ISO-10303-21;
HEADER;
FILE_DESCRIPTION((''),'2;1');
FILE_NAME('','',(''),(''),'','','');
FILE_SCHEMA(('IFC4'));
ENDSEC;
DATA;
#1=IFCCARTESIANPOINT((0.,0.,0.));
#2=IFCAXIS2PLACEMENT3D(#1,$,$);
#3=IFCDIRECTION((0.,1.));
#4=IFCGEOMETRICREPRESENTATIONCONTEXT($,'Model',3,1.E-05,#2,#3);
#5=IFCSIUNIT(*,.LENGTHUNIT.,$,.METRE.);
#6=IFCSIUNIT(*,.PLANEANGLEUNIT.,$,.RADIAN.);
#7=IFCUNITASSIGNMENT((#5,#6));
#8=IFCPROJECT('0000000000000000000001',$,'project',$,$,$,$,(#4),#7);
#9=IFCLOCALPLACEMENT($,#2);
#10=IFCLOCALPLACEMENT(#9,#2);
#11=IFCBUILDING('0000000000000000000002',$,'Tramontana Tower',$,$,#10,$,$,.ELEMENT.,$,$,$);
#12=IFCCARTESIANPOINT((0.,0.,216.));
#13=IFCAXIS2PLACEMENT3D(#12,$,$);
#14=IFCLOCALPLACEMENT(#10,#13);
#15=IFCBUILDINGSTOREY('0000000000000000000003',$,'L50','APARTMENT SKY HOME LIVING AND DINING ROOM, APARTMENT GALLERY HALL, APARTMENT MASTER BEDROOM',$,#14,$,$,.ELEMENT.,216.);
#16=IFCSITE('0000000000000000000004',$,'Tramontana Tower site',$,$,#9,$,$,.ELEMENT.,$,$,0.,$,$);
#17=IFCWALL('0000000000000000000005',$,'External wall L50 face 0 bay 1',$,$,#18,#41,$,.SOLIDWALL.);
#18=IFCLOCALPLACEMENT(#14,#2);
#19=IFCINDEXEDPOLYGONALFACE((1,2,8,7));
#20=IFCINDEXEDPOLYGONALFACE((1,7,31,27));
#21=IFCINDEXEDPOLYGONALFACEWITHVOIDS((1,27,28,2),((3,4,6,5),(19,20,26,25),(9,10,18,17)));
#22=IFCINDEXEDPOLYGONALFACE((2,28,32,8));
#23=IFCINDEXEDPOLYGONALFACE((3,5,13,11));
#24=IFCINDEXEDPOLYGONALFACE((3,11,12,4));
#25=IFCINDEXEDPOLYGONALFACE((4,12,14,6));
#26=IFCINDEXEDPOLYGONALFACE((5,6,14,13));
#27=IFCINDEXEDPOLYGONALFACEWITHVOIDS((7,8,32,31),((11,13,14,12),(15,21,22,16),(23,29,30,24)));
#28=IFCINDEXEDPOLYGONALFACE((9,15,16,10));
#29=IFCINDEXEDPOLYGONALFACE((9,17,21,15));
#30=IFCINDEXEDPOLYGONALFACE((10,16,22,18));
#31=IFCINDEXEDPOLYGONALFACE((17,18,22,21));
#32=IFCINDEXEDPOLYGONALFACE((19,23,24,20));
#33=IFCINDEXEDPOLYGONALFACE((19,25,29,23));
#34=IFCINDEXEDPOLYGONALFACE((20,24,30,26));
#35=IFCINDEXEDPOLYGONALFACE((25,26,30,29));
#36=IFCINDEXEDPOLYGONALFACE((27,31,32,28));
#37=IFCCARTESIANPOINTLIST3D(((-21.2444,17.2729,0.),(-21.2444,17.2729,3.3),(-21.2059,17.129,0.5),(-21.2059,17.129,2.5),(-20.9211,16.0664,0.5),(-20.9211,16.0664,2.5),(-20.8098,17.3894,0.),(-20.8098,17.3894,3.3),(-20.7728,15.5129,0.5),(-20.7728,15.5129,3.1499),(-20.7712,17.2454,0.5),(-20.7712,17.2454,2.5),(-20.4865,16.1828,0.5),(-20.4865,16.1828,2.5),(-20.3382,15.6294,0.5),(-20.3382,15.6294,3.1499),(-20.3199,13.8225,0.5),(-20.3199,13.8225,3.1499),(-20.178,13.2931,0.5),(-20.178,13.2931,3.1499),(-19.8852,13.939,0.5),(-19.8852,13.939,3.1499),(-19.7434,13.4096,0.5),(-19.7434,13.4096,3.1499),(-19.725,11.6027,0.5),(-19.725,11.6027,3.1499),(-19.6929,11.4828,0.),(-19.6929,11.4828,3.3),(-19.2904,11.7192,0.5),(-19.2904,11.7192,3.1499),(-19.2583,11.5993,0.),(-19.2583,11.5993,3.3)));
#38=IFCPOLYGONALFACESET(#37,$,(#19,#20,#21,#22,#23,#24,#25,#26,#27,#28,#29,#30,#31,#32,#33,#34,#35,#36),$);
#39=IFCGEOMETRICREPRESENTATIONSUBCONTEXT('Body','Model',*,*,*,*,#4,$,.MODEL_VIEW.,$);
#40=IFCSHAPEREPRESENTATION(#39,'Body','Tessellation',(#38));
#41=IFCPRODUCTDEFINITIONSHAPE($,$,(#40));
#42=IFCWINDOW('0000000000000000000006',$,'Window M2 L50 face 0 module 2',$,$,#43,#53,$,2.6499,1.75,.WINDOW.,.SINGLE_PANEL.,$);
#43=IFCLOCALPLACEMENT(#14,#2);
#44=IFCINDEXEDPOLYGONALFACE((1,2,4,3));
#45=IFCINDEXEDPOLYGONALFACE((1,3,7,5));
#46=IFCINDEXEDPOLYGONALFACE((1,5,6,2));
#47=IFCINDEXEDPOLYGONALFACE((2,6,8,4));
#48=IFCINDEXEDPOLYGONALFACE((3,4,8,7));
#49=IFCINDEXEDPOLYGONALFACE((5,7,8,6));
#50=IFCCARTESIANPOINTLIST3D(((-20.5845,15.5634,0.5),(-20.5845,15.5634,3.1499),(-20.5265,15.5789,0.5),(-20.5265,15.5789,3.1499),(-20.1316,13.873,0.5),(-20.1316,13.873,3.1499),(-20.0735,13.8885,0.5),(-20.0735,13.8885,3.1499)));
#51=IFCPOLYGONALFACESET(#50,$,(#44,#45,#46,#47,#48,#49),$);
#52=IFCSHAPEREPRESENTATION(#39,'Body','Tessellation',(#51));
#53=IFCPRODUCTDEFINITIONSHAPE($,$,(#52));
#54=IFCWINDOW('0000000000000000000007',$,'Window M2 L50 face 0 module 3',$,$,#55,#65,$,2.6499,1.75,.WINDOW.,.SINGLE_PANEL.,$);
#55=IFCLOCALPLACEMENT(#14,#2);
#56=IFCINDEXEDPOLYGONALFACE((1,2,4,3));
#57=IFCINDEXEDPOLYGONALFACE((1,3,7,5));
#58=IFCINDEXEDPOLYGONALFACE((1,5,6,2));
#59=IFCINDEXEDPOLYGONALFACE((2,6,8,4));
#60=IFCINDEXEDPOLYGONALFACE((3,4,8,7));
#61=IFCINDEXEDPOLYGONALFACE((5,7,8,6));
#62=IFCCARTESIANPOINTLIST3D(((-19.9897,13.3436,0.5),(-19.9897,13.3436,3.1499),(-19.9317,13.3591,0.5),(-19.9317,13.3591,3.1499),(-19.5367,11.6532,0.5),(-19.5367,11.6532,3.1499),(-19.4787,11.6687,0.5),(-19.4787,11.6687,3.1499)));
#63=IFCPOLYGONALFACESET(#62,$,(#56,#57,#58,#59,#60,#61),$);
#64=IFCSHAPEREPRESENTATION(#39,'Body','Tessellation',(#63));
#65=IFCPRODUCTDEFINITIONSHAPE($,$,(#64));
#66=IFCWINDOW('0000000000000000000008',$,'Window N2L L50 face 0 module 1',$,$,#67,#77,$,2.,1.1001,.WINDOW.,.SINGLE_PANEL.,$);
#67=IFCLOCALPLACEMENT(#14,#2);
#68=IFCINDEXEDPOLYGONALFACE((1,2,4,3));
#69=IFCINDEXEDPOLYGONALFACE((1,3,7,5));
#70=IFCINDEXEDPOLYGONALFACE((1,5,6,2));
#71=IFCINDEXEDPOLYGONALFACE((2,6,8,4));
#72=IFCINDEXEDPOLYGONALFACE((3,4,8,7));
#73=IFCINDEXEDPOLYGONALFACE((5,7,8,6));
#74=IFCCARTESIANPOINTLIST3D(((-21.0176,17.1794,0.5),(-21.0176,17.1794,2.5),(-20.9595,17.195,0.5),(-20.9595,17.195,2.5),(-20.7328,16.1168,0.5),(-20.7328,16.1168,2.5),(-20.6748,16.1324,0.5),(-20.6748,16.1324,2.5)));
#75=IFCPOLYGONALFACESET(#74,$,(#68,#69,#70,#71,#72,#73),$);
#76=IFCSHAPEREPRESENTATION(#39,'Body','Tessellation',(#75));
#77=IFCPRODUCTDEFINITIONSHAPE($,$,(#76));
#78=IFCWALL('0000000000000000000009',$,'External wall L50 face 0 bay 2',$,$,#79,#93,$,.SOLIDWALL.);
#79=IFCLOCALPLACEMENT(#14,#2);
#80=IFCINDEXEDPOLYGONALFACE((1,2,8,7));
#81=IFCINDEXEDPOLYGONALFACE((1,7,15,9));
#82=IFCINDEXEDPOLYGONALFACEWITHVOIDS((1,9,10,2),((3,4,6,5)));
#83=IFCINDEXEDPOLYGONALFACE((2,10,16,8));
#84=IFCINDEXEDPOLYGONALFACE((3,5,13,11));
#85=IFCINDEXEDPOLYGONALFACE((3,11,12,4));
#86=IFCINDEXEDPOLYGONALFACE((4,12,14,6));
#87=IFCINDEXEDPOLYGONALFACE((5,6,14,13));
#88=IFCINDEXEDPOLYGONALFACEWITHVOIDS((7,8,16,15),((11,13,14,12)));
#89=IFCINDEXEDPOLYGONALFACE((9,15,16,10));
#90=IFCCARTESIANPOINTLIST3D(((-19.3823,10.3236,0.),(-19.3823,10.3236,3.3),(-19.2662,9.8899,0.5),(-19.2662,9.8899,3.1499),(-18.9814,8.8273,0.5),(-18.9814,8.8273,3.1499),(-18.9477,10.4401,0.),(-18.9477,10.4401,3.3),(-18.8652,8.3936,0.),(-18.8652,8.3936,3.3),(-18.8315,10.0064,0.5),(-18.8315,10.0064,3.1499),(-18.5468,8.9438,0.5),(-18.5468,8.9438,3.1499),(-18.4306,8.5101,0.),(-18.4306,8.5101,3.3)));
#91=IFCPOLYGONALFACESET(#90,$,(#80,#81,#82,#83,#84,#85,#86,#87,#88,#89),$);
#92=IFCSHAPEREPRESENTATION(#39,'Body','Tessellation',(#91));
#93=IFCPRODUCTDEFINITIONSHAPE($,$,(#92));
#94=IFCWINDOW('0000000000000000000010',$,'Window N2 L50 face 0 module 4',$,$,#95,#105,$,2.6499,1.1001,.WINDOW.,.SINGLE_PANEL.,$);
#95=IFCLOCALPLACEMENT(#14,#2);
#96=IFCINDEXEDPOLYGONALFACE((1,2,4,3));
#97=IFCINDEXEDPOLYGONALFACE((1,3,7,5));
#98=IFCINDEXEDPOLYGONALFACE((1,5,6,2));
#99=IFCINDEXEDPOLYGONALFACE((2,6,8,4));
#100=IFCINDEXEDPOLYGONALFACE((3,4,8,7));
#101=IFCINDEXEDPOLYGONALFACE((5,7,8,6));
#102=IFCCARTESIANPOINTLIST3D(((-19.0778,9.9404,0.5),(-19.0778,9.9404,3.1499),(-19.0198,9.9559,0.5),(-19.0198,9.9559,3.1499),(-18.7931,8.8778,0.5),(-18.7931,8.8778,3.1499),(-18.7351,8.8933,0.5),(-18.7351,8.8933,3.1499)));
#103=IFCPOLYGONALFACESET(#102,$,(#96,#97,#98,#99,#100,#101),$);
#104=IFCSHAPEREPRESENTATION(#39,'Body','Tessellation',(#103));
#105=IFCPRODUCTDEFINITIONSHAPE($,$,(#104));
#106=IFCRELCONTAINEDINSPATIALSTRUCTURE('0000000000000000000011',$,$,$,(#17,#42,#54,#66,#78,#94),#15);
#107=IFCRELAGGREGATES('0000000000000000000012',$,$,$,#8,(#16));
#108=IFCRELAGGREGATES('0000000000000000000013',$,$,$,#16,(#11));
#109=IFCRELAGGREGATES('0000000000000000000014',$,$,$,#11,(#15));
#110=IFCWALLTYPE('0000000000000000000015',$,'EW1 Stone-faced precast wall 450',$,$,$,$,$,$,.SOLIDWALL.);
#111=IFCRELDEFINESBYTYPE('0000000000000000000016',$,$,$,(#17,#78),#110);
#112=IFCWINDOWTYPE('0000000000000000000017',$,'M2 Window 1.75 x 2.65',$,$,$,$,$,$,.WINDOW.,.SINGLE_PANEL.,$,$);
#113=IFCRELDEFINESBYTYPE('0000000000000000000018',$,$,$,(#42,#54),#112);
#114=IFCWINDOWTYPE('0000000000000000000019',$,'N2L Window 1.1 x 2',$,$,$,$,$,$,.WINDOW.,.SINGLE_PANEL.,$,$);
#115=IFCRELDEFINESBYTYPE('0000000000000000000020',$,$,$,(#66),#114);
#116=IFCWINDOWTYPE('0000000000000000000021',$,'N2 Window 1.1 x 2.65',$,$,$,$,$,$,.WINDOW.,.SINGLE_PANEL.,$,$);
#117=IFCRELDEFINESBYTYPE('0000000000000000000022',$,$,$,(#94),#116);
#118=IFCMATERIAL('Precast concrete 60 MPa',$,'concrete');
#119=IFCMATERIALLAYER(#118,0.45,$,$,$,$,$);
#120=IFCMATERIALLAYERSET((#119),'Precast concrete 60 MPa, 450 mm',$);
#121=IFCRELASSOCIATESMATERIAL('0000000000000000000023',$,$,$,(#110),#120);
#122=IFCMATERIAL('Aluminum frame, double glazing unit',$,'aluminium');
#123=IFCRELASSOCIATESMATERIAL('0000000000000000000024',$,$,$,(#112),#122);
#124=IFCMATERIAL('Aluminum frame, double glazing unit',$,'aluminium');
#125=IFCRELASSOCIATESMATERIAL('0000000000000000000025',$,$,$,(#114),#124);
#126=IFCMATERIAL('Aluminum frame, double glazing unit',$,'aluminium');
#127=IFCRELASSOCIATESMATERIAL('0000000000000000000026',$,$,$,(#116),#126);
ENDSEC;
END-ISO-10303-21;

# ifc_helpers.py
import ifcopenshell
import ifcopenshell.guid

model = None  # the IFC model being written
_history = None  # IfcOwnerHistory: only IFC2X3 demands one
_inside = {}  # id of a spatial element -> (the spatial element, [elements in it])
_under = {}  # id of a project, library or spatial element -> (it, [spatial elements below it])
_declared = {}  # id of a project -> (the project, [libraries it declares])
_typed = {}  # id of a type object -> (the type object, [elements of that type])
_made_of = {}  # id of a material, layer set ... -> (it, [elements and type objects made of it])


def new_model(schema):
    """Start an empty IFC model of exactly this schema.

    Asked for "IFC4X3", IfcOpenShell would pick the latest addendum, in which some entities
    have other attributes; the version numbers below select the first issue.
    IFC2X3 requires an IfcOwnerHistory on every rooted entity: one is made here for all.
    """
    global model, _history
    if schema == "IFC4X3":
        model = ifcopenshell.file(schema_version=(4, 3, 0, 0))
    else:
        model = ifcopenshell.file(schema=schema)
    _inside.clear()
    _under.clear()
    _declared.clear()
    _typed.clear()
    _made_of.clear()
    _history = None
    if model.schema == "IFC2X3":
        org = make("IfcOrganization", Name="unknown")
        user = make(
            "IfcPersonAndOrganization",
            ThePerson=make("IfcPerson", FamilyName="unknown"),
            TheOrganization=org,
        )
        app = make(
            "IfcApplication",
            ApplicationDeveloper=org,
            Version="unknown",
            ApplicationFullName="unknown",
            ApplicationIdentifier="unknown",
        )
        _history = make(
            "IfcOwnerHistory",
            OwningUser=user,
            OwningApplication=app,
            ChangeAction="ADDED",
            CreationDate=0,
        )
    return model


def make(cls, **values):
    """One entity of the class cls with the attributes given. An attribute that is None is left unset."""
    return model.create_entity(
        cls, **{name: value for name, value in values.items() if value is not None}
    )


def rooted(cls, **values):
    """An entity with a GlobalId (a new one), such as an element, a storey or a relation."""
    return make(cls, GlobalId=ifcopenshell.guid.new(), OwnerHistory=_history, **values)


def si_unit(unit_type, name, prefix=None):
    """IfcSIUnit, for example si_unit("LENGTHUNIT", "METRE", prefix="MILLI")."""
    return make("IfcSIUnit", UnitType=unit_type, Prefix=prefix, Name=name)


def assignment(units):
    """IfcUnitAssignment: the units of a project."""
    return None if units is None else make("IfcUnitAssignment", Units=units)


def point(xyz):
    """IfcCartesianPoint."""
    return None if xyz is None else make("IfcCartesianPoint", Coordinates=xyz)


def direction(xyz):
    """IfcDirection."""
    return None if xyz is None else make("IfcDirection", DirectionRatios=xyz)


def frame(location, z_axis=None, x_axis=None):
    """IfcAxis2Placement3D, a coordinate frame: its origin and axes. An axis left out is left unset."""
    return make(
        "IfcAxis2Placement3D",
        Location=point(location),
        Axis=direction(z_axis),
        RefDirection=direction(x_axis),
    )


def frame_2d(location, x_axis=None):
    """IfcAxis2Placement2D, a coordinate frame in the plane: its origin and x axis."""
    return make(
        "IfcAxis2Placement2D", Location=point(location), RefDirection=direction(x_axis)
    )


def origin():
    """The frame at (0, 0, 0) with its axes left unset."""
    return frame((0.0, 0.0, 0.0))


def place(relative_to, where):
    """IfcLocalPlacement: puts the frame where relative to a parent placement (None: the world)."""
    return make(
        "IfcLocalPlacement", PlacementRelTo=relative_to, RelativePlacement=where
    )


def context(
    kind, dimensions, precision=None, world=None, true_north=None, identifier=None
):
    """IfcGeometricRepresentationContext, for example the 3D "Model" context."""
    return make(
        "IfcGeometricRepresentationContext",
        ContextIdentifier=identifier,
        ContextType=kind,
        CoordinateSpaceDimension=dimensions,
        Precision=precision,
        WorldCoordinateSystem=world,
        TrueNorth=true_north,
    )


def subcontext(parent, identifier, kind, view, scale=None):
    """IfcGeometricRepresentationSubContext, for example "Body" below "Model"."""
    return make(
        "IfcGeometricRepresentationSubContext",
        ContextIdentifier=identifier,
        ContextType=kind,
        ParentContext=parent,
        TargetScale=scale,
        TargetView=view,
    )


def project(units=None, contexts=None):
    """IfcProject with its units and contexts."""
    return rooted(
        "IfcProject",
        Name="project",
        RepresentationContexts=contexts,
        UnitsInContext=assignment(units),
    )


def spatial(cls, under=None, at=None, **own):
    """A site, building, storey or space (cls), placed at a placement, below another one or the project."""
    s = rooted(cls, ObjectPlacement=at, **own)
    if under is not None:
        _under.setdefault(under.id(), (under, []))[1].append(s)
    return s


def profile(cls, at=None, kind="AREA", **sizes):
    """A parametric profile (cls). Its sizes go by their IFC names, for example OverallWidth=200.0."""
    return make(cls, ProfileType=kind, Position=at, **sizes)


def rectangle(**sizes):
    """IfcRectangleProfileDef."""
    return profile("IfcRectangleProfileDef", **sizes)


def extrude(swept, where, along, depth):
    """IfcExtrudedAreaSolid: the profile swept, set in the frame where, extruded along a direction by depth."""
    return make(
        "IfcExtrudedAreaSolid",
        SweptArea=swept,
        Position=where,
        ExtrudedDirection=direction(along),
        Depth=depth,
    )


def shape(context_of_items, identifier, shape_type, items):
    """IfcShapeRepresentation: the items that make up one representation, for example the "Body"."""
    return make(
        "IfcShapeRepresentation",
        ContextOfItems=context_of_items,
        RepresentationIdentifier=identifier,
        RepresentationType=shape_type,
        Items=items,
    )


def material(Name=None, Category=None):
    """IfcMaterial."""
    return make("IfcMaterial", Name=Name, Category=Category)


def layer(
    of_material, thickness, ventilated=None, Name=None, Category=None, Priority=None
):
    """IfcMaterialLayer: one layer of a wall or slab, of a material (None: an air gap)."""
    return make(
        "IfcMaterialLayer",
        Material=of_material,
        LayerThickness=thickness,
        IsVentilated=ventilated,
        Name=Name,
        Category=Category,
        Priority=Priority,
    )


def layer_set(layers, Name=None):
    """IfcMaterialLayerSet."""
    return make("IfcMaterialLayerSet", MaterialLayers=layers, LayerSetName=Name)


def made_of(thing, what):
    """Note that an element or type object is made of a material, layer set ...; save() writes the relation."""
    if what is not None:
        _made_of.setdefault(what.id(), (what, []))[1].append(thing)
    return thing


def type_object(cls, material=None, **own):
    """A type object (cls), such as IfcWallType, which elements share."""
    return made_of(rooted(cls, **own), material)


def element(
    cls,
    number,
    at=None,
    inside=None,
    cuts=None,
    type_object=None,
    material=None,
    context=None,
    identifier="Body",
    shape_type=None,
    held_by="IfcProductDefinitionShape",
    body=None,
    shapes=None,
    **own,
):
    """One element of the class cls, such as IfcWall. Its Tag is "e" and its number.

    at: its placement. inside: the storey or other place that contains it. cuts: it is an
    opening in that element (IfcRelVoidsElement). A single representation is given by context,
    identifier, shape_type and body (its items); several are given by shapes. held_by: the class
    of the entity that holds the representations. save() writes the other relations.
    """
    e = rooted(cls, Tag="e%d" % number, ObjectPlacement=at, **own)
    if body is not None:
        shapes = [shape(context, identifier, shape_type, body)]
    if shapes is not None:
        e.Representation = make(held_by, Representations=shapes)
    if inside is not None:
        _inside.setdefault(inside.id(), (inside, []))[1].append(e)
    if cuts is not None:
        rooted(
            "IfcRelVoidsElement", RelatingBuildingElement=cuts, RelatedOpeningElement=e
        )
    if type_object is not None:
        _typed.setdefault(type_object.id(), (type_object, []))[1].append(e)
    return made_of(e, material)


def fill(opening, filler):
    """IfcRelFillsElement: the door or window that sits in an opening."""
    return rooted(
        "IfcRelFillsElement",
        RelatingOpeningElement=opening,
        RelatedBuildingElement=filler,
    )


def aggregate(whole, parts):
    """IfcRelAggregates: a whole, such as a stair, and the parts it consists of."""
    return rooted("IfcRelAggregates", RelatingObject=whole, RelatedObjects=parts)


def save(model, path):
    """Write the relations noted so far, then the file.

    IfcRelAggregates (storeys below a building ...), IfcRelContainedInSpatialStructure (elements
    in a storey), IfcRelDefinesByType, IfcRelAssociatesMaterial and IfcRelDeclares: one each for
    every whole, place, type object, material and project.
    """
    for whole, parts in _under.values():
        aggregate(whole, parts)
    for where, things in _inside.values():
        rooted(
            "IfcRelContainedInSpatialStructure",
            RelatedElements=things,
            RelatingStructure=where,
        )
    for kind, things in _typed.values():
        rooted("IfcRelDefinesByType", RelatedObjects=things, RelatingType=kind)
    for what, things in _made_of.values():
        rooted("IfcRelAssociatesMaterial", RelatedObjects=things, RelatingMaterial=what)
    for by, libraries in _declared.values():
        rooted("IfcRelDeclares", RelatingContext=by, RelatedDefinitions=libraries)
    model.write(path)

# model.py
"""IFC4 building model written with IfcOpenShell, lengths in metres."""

from ifc_helpers import new_model, si_unit, direction, frame, frame_2d, origin, place, context, subcontext, project, spatial, rectangle, extrude, material, layer, layer_set, type_object, element, fill, save


model = new_model("IFC4")

# Units and contexts
model_context = context("Model", 3, precision=1e-05, world=origin(), true_north=direction((0.0, 1.0)))
body_context = subcontext(model_context, "Body", "Model", "MODEL_VIEW")
ifc_project = project(units=[si_unit("LENGTHUNIT", "METRE"), si_unit("PLANEANGLEUNIT", "RADIAN")], contexts=[model_context])

# Site, building, storey
site_placement = place(None, origin())
site = spatial("IfcSite", under=ifc_project, at=site_placement, Name="Tramontana Tower site", CompositionType="ELEMENT", RefElevation=0.0)
building_placement = place(site_placement, origin())
building = spatial("IfcBuilding", under=site, at=building_placement, Name="Tramontana Tower", CompositionType="ELEMENT")
storey_placement = place(building_placement, frame((0.0, 0.0, 216.0)))
storey = spatial("IfcBuildingStorey", under=building, at=storey_placement, Name="L50", Description="APARTMENT SKY HOME LIVING AND DINING ROOM, APARTMENT GALLERY HALL, APARTMENT MASTER BEDROOM", CompositionType="ELEMENT", Elevation=216.0)

# Wall, openings, windows
ifc_material_1 = material(Name="Precast concrete 60 MPa", Category="concrete")
ifc_layer_1 = layer(ifc_material_1, 0.45)
ifc_layer_set_1 = layer_set([ifc_layer_1], Name="Precast concrete 60 MPa, 450 mm")
wall_type_1 = type_object("IfcWallType", Name="EW1 Stone-faced precast wall 450", PredefinedType="SOLIDWALL", material=ifc_layer_set_1)
wall_1_placement = place(storey_placement, frame((-21.0271, 17.3311, 0.0), z_axis=(0.0, 0.0, 1.0), x_axis=(0.258831, -0.965923, 0.0)))
wall_1 = element("IfcWall", 1, at=wall_1_placement, inside=storey, type_object=wall_type_1, Name="External wall L50 face 0 bay 1", PredefinedType="SOLIDWALL", context=body_context, shape_type="SweptSolid", body=[
    extrude(rectangle(XDim=5.9944, YDim=0.45, at=frame_2d((2.9971, 0.0))), origin(), (0.0, 0.0, 1.0), 3.3),
])
opening_1_placement = place(wall_1_placement, frame((0.1489, 0.0, 0.5)))
opening_1 = element("IfcOpeningElement", 2, at=opening_1_placement, cuts=wall_1, PredefinedType="OPENING", context=body_context, shape_type="SweptSolid", body=[
    extrude(rectangle(XDim=1.1001, YDim=2.0, at=frame_2d((0.55, 1.0))), frame((0.0, 0.2349, 0.0), z_axis=(0.0, -1.0, 0.0), x_axis=(1.0, 0.0, 0.0)), (0.0, 0.0, 1.0), 0.47),
])
opening_2_placement = place(wall_1_placement, frame((1.822, 0.0, 0.5)))
opening_2 = element("IfcOpeningElement", 3, at=opening_2_placement, cuts=wall_1, PredefinedType="OPENING", context=body_context, shape_type="SweptSolid", body=[
    extrude(rectangle(XDim=1.75, YDim=2.6499, at=frame_2d((0.875, 1.325))), frame((0.0, 0.2349, 0.0), z_axis=(0.0, -1.0, 0.0), x_axis=(1.0, 0.0, 0.0)), (0.0, 0.0, 1.0), 0.47),
])
opening_3_placement = place(wall_1_placement, frame((4.1201, 0.0, 0.5)))
opening_3 = element("IfcOpeningElement", 4, at=opening_3_placement, cuts=wall_1, PredefinedType="OPENING", context=body_context, shape_type="SweptSolid", body=[
    extrude(rectangle(XDim=1.75, YDim=2.6499, at=frame_2d((0.875, 1.325))), frame((0.0, 0.2349, 0.0), z_axis=(0.0, -1.0, 0.0), x_axis=(1.0, 0.0, 0.0)), (0.0, 0.0, 1.0), 0.47),
])
ifc_material_2 = material(Name="Aluminum frame, double glazing unit", Category="aluminium")
window_type_1 = type_object("IfcWindowType", Name="M2 Window 1.75 x 2.65", PartitioningType="SINGLE_PANEL", PredefinedType="WINDOW", material=ifc_material_2)
window_1_placement = place(opening_2_placement, origin())
window_1 = element("IfcWindow", 5, at=window_1_placement, inside=storey, type_object=window_type_1, Name="Window M2 L50 face 0 module 2", OverallHeight=2.6499, OverallWidth=1.75, PartitioningType="SINGLE_PANEL", PredefinedType="WINDOW", context=body_context, shape_type="SweptSolid", body=[
    extrude(rectangle(XDim=1.75, YDim=2.6499, at=frame_2d((0.875, 1.325))), frame((0.0, 0.03, 0.0), z_axis=(0.0, -1.0, 0.0), x_axis=(1.0, 0.0, 0.0)), (0.0, 0.0, 1.0), 0.0601),
])
fill(opening_2, window_1)
window_2_placement = place(opening_3_placement, origin())
window_2 = element("IfcWindow", 6, at=window_2_placement, inside=storey, type_object=window_type_1, Name="Window M2 L50 face 0 module 3", OverallHeight=2.6499, OverallWidth=1.75, PartitioningType="SINGLE_PANEL", PredefinedType="WINDOW", context=body_context, shape_type="SweptSolid", body=[
    extrude(rectangle(XDim=1.75, YDim=2.6499, at=frame_2d((0.875, 1.325))), frame((0.0, 0.03, 0.0), z_axis=(0.0, -1.0, 0.0), x_axis=(1.0, 0.0, 0.0)), (0.0, 0.0, 1.0), 0.0601),
])
fill(opening_3, window_2)
ifc_material_3 = material(Name="Aluminum frame, double glazing unit", Category="aluminium")
window_type_2 = type_object("IfcWindowType", Name="N2L Window 1.1 x 2", PartitioningType="SINGLE_PANEL", PredefinedType="WINDOW", material=ifc_material_3)
window_3_placement = place(opening_1_placement, origin())
window_3 = element("IfcWindow", 7, at=window_3_placement, inside=storey, type_object=window_type_2, Name="Window N2L L50 face 0 module 1", OverallHeight=2.0, OverallWidth=1.1001, PartitioningType="SINGLE_PANEL", PredefinedType="WINDOW", context=body_context, shape_type="SweptSolid", body=[
    extrude(rectangle(XDim=1.1001, YDim=2.0, at=frame_2d((0.55, 1.0))), frame((0.0, 0.03, 0.0), z_axis=(0.0, -1.0, 0.0), x_axis=(1.0, 0.0, 0.0)), (0.0, 0.0, 1.0), 0.0601),
])
fill(opening_1, window_3)

# Wall, opening, window
wall_2_placement = place(storey_placement, frame((-19.165, 10.3818, 0.0), z_axis=(0.0, 0.0, 1.0), x_axis=(0.258803, -0.96593, 0.0)))
wall_2 = element("IfcWall", 8, at=wall_2_placement, inside=storey, type_object=wall_type_1, Name="External wall L50 face 0 bay 2", PredefinedType="SOLIDWALL", context=body_context, shape_type="SweptSolid", body=[
    extrude(rectangle(XDim=1.998, YDim=0.45, at=frame_2d((0.999, 0.0))), origin(), (0.0, 0.0, 1.0), 3.3),
])
opening_4_placement = place(wall_2_placement, frame((0.449, 0.0, 0.5)))
opening_4 = element("IfcOpeningElement", 9, at=opening_4_placement, cuts=wall_2, PredefinedType="OPENING", context=body_context, shape_type="SweptSolid", body=[
    extrude(rectangle(XDim=1.1001, YDim=2.6499, at=frame_2d((0.55, 1.325))), frame((0.0, 0.2349, 0.0), z_axis=(0.0, -1.0, 0.0), x_axis=(1.0, 0.0, 0.0)), (0.0, 0.0, 1.0), 0.47),
])
ifc_material_4 = material(Name="Aluminum frame, double glazing unit", Category="aluminium")
window_type_3 = type_object("IfcWindowType", Name="N2 Window 1.1 x 2.65", PartitioningType="SINGLE_PANEL", PredefinedType="WINDOW", material=ifc_material_4)
window_4_placement = place(opening_4_placement, origin())
window_4 = element("IfcWindow", 10, at=window_4_placement, inside=storey, type_object=window_type_3, Name="Window N2 L50 face 0 module 4", OverallHeight=2.6499, OverallWidth=1.1001, PartitioningType="SINGLE_PANEL", PredefinedType="WINDOW", context=body_context, shape_type="SweptSolid", body=[
    extrude(rectangle(XDim=1.1001, YDim=2.6499, at=frame_2d((0.55, 1.325))), frame((0.0, 0.03, 0.0), z_axis=(0.0, -1.0, 0.0), x_axis=(1.0, 0.0, 0.0)), (0.0, 0.0, 1.0), 0.0601),
])
fill(opening_4, window_4)

save(model, "model.ifc")
